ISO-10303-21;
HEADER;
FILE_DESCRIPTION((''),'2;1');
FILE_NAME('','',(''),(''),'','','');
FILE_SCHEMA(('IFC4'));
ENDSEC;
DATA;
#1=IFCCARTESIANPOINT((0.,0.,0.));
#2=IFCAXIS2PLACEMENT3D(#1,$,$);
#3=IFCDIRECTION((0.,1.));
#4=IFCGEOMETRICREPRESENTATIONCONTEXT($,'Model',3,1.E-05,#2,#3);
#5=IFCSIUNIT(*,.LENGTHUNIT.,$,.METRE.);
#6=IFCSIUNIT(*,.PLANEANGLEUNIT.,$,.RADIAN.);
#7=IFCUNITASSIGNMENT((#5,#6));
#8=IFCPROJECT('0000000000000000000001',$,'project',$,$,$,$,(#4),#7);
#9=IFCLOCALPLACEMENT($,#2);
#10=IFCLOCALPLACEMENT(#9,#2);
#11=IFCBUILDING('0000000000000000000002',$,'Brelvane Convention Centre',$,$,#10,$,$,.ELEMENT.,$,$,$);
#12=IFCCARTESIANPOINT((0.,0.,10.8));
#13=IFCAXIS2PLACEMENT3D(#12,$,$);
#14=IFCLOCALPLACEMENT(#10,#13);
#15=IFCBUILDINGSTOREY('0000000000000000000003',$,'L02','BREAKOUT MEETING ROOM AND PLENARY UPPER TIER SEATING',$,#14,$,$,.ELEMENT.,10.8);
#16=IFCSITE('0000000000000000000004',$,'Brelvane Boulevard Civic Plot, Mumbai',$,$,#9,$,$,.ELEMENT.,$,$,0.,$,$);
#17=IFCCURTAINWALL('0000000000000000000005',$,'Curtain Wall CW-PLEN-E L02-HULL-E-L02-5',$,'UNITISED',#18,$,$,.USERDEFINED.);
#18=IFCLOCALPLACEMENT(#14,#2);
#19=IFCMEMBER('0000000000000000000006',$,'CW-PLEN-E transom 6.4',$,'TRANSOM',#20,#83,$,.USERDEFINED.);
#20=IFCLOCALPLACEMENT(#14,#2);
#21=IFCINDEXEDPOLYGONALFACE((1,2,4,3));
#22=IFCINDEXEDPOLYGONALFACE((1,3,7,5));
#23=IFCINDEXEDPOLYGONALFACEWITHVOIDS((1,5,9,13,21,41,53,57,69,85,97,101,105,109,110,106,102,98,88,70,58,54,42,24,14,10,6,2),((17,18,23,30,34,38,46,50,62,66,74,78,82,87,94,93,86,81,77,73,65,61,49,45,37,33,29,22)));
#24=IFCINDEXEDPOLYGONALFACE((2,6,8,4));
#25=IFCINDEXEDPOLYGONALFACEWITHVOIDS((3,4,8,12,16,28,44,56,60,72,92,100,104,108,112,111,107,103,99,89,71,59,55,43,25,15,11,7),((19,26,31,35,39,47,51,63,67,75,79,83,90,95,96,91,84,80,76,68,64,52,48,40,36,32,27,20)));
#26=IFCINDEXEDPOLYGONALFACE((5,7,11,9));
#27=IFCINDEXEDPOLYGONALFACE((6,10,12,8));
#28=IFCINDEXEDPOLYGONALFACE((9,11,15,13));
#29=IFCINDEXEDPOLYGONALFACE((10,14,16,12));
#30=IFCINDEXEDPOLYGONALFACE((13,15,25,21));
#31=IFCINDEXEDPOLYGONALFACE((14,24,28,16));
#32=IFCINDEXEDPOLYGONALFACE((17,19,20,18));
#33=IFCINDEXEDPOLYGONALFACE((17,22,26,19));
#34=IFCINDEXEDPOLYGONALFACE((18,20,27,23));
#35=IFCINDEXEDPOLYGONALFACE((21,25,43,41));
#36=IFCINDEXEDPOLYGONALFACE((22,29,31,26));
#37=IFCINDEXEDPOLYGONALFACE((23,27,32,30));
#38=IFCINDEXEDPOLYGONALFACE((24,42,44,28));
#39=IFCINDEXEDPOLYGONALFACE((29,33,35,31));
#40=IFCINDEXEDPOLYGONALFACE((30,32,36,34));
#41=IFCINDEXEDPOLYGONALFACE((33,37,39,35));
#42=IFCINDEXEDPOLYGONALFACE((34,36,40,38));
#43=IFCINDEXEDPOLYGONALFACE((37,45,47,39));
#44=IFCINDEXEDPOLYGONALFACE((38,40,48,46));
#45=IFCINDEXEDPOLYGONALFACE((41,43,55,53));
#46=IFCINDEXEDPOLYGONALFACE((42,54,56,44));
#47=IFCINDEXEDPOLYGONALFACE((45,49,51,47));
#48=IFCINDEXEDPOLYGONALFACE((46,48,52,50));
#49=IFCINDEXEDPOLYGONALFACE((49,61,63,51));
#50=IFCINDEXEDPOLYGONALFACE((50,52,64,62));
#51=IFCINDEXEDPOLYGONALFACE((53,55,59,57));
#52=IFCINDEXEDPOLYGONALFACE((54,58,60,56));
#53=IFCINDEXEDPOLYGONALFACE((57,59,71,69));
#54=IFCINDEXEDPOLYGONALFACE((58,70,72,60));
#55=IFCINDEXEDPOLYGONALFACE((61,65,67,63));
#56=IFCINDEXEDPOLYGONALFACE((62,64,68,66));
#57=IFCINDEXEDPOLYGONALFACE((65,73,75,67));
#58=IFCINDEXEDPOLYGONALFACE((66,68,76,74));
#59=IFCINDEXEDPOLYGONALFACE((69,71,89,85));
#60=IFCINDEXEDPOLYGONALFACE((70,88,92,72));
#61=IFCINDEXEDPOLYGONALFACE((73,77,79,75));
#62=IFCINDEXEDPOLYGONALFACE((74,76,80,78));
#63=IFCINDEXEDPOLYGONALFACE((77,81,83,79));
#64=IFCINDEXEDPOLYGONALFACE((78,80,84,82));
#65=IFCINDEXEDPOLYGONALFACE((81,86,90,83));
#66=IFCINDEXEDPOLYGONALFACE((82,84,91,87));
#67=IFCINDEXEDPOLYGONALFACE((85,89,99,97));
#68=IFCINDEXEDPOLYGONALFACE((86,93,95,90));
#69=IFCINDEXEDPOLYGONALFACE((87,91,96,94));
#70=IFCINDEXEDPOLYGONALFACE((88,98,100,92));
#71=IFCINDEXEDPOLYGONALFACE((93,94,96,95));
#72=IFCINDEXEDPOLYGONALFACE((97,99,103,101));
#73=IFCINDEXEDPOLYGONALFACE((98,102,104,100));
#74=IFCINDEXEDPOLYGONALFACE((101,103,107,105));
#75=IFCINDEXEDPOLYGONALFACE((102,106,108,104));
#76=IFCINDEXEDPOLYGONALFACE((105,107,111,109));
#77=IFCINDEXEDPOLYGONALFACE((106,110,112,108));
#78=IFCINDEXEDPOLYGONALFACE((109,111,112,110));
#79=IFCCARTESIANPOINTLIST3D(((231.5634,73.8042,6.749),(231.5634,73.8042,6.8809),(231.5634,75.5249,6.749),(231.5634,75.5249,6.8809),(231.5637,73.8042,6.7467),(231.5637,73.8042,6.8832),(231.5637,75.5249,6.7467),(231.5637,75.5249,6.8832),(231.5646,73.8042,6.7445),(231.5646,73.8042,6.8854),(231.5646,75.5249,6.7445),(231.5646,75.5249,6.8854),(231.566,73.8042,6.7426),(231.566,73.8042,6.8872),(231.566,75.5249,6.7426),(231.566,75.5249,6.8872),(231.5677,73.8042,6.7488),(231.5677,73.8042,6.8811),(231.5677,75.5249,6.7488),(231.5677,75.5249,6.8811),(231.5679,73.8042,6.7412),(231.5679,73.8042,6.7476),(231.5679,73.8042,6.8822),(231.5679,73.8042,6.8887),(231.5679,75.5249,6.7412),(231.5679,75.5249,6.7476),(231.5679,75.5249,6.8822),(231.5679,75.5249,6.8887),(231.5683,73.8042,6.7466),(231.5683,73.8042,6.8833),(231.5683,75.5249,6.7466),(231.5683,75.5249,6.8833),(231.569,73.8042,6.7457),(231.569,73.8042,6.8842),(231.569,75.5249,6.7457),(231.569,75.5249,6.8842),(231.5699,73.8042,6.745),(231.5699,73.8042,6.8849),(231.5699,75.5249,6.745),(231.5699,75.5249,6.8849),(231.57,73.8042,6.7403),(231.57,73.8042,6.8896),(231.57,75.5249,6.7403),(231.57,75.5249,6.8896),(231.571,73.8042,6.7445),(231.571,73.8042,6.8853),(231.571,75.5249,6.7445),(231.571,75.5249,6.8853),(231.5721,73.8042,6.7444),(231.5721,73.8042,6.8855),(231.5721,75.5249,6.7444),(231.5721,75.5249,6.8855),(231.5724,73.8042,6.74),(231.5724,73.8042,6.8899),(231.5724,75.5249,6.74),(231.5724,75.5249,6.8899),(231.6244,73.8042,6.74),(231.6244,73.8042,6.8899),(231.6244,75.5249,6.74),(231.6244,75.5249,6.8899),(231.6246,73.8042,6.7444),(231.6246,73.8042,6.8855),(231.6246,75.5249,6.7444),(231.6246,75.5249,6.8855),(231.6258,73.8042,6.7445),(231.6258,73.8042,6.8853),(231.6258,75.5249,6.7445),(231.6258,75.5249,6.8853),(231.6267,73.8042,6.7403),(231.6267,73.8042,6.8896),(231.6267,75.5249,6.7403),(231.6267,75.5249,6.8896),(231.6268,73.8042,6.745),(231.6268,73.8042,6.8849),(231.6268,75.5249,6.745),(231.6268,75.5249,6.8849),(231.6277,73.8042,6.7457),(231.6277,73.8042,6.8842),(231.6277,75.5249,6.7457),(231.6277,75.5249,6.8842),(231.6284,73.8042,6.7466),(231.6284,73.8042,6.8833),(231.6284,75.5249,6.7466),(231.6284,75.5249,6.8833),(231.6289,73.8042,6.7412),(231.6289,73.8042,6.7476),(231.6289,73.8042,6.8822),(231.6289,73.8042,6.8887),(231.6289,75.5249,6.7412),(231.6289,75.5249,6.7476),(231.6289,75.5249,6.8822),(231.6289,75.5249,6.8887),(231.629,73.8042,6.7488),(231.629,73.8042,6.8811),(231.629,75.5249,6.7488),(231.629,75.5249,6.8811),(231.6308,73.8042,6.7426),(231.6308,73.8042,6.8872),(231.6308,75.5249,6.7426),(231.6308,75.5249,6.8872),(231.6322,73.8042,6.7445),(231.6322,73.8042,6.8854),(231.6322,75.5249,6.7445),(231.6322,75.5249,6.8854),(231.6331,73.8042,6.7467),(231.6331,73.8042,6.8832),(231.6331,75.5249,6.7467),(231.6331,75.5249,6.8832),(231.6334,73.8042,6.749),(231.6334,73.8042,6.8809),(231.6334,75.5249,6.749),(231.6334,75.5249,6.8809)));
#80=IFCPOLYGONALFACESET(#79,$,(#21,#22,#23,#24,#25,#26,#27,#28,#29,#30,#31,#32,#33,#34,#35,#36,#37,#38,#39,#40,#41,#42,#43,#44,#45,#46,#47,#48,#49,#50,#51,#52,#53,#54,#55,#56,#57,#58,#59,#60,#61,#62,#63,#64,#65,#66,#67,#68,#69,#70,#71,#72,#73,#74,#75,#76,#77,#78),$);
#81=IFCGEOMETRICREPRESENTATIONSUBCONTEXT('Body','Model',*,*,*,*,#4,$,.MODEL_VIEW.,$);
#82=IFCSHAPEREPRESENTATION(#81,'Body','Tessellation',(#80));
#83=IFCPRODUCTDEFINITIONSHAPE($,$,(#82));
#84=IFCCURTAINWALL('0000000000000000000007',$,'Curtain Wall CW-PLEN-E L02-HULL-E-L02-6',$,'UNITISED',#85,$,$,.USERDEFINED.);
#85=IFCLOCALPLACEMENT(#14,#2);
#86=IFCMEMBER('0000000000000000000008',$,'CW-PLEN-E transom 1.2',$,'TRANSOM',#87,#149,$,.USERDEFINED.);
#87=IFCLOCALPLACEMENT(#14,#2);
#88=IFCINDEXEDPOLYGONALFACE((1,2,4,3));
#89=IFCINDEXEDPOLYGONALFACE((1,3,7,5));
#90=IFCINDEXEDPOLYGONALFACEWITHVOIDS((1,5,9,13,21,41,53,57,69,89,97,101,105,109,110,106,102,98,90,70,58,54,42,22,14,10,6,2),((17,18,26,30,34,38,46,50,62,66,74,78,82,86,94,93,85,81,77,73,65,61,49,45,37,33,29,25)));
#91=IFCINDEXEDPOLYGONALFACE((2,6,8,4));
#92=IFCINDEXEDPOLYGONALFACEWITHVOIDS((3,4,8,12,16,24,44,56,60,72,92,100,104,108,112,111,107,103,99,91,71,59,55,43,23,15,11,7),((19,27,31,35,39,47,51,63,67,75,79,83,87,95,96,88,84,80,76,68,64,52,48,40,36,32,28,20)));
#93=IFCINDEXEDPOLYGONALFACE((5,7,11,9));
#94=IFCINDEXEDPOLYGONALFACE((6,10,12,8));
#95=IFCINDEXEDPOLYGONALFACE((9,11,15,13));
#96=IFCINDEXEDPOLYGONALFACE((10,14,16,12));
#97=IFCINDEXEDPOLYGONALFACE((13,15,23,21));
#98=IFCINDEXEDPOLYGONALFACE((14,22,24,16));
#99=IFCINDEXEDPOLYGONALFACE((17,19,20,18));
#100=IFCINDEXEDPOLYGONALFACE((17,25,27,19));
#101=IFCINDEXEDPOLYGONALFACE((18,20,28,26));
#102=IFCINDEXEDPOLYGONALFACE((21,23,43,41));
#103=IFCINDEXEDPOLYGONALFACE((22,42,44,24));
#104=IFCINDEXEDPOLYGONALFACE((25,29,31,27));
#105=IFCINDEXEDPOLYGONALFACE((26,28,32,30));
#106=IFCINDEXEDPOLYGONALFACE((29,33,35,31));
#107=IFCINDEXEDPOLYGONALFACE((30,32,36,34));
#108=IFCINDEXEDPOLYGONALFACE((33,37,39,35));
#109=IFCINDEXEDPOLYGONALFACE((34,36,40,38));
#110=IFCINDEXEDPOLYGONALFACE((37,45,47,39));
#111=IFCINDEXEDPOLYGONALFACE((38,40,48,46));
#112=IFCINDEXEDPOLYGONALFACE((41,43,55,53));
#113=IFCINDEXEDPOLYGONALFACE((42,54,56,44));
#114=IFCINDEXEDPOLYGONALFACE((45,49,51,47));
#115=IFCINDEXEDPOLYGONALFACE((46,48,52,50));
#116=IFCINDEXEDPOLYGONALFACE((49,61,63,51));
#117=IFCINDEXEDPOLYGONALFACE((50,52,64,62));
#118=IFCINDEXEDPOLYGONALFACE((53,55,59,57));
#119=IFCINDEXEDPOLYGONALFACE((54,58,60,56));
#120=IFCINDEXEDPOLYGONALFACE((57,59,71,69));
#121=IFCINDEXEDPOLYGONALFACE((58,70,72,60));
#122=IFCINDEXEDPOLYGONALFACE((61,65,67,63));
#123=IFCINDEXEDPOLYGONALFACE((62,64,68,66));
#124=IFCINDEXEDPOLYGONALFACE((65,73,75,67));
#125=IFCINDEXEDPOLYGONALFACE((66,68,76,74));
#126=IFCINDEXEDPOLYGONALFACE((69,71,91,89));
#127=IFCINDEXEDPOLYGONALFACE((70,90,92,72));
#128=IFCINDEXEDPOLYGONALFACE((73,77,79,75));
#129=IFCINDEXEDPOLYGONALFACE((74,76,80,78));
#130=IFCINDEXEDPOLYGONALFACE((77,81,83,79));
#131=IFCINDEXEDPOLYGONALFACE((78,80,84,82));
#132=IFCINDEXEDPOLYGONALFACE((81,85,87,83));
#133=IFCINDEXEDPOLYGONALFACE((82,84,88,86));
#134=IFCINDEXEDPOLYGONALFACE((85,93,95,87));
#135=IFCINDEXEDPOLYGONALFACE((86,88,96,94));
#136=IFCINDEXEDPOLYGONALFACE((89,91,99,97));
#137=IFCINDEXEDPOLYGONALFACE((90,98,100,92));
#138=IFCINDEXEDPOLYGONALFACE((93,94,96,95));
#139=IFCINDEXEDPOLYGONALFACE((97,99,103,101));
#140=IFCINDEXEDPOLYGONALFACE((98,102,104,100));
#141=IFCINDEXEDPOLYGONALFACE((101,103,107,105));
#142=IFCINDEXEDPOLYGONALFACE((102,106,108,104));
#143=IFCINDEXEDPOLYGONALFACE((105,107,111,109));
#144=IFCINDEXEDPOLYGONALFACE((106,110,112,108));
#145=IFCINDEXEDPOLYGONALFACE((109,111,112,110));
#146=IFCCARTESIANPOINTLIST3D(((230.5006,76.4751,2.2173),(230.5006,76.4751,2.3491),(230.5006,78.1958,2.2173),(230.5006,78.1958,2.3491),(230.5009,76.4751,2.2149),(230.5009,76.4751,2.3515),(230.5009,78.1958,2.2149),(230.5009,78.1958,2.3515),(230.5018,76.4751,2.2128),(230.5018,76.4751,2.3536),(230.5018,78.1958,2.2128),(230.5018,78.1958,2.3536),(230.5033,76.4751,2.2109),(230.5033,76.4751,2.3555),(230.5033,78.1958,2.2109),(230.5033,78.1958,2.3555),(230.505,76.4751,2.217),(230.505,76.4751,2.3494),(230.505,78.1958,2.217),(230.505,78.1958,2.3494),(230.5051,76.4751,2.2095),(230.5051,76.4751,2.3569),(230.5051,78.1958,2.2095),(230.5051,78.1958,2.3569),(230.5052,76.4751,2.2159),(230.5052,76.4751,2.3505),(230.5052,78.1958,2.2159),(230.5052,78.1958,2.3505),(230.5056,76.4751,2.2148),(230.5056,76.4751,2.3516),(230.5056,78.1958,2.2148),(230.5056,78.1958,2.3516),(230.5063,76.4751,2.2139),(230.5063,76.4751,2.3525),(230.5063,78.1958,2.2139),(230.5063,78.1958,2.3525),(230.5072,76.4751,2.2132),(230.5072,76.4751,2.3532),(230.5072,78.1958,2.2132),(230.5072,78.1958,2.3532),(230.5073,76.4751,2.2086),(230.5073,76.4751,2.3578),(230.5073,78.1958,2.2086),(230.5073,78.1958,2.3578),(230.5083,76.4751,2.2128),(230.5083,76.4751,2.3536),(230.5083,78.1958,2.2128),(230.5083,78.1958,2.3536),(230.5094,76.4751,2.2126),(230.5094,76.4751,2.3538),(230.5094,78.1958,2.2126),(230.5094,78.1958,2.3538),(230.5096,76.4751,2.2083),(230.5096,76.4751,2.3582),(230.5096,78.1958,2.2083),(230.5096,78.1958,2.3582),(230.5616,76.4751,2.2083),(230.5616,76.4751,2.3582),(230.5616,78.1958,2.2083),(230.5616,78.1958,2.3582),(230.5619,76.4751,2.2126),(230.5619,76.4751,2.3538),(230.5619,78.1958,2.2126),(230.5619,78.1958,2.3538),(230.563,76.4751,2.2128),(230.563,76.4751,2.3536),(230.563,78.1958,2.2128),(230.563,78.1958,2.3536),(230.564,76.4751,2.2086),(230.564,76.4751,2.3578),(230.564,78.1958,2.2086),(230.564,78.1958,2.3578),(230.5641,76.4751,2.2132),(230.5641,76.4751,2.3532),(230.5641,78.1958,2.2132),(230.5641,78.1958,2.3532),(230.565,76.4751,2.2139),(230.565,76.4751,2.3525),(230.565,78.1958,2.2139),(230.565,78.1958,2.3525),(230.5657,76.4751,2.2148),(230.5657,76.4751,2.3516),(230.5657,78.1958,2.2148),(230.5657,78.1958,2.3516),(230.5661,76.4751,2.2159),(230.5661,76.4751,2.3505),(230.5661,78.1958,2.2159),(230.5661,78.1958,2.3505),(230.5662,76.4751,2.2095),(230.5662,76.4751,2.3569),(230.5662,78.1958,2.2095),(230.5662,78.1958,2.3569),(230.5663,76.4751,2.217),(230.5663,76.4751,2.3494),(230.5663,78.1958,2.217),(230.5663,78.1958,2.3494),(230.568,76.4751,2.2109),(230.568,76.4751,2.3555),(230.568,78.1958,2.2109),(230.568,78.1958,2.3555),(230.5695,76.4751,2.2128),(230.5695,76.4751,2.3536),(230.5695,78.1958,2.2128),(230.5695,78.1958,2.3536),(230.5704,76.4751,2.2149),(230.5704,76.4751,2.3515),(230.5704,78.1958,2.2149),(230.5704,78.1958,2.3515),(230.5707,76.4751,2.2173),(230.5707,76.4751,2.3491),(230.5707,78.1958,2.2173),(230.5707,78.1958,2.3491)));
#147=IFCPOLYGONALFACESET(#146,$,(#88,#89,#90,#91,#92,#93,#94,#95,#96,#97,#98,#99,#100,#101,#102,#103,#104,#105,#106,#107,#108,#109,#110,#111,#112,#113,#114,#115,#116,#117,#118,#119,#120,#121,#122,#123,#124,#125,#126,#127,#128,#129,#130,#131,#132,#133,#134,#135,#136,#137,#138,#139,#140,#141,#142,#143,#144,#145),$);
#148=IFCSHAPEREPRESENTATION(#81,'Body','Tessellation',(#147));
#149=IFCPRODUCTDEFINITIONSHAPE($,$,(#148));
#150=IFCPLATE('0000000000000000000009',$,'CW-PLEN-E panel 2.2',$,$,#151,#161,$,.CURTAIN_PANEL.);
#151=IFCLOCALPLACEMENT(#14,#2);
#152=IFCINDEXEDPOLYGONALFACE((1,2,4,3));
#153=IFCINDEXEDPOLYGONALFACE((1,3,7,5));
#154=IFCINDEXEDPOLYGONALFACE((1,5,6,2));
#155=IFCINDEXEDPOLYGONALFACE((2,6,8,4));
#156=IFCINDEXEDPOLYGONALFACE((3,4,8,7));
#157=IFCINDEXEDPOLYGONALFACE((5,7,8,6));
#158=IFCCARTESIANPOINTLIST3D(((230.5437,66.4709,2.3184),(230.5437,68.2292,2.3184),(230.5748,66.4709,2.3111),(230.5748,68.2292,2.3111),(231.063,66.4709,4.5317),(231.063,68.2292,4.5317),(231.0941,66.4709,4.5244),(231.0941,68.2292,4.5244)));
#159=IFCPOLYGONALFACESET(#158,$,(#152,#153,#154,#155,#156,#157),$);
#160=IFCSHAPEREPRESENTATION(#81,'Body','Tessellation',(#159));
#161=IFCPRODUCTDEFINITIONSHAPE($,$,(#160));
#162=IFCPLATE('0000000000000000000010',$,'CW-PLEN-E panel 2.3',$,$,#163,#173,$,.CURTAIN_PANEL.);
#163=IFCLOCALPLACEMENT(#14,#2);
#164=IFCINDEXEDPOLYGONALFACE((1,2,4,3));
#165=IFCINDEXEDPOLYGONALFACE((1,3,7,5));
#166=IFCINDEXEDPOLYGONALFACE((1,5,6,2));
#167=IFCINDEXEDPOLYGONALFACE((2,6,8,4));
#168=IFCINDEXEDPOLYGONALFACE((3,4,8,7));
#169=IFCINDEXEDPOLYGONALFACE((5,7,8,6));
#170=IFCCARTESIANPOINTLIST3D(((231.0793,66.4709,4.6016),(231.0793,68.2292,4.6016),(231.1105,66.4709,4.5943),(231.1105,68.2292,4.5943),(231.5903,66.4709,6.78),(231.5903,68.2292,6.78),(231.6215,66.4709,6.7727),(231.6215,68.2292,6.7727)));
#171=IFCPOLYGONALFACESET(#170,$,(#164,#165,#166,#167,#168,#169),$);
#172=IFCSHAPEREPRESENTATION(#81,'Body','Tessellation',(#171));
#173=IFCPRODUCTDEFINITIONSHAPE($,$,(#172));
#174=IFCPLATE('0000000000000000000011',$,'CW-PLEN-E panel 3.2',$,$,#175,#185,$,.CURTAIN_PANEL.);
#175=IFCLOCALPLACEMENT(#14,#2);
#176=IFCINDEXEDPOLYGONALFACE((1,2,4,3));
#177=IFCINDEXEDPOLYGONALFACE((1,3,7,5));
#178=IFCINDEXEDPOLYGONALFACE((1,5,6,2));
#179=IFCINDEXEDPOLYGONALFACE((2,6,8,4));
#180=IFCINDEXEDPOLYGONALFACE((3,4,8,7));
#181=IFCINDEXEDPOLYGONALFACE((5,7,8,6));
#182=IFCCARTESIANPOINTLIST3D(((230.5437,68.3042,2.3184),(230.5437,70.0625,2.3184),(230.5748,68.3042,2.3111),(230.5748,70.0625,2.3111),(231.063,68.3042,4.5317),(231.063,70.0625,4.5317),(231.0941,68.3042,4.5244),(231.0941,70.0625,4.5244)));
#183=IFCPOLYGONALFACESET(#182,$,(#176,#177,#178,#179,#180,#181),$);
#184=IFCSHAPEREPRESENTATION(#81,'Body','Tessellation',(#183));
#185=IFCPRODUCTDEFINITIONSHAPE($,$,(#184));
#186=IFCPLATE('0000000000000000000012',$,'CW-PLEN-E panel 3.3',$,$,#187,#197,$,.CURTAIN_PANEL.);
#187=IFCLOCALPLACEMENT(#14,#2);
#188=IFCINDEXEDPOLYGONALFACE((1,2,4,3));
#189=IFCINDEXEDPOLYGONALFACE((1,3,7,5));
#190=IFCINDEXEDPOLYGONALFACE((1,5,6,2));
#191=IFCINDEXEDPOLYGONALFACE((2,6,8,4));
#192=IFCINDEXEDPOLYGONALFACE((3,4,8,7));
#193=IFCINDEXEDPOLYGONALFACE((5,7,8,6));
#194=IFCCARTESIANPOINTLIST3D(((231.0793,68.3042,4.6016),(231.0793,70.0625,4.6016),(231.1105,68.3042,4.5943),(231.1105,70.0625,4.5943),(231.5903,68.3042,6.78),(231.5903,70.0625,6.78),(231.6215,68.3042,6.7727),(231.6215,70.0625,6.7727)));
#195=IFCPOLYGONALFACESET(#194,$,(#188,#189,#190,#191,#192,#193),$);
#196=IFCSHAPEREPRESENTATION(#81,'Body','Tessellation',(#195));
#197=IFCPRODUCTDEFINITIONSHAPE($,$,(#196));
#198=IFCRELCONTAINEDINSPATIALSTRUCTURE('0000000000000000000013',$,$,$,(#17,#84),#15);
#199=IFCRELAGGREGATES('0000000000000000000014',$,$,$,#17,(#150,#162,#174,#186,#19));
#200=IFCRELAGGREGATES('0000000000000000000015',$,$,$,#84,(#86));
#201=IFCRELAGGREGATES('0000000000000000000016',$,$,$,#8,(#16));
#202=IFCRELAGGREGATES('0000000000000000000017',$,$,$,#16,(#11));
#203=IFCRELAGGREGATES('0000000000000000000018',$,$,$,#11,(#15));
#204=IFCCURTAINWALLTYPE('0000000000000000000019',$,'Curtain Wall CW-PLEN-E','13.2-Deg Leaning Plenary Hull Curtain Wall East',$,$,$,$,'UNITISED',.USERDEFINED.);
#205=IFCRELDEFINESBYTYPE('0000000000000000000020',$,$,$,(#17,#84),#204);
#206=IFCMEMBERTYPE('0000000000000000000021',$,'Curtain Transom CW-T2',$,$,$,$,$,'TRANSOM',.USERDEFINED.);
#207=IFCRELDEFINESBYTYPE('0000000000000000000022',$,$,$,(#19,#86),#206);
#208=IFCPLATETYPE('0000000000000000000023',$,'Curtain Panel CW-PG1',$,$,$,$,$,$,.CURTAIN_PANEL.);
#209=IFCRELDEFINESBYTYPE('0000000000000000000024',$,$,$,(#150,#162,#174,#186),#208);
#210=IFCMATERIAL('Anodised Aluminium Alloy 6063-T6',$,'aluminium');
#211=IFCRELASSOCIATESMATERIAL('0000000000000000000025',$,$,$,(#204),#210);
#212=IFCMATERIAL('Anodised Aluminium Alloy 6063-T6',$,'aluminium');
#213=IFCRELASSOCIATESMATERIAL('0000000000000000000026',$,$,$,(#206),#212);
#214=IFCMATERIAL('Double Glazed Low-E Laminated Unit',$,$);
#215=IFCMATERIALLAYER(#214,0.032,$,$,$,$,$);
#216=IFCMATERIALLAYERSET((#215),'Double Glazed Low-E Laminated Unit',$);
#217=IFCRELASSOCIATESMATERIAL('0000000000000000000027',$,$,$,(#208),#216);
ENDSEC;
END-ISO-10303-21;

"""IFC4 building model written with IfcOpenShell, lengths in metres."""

from ifc_helpers import new_model, si_unit, direction, frame, origin, origin_2d, place, context, subcontext, project, spatial, polyline, hollow_rectangle, outline, extrude, material, layer, layer_set, material_profile, profile_set, type_object, element, aggregate, save


model = new_model("IFC4")

# Units and contexts
model_context = context("Model", 3, precision=1e-05, world=origin(), true_north=direction((0.0, 1.0)))
body_context = subcontext(model_context, "Body", "Model", "MODEL_VIEW")
ifc_project = project(units=[si_unit("LENGTHUNIT", "METRE"), si_unit("PLANEANGLEUNIT", "RADIAN")], contexts=[model_context])

# Site, building, storey
site_placement = place(None, origin())
site = spatial("IfcSite", under=ifc_project, at=site_placement, Name="Brelvane Boulevard Civic Plot, Mumbai", CompositionType="ELEMENT", RefElevation=0.0)
building_placement = place(site_placement, origin())
building = spatial("IfcBuilding", under=site, at=building_placement, Name="Brelvane Convention Centre", CompositionType="ELEMENT")
storey_placement = place(building_placement, frame((0.0, 0.0, 10.8)))
storey = spatial("IfcBuildingStorey", under=building, at=storey_placement, Name="L02", Description="BREAKOUT MEETING ROOM AND PLENARY UPPER TIER SEATING", CompositionType="ELEMENT", Elevation=10.8)

# Curtain wall, member
ifc_material_1 = material(Name="Anodised Aluminium Alloy 6063-T6", Category="aluminium")
curtain_wall_type = type_object("IfcCurtainWallType", Name="Curtain Wall CW-PLEN-E", Description="13.2-Deg Leaning Plenary Hull Curtain Wall East", ElementType="UNITISED", PredefinedType="USERDEFINED", material=ifc_material_1)
curtain_wall_1_placement = place(storey_placement, origin())
curtain_wall_1 = element("IfcCurtainWall", 1, at=curtain_wall_1_placement, inside=storey, type_object=curtain_wall_type, Name="Curtain Wall CW-PLEN-E L02-HULL-E-L02-5", ObjectType="UNITISED", PredefinedType="USERDEFINED")
ifc_material_2 = material(Name="Anodised Aluminium Alloy 6063-T6", Category="aluminium")
ifc_material_profile = material_profile(ifc_material_2, hollow_rectangle(XDim=0.0701, YDim=0.1499, WallThickness=0.0044, InnerFilletRadius=0.0044, OuterFilletRadius=0.009, at=origin_2d()), Name="ALU-T 150x70x4.5")
ifc_profile_set = profile_set([ifc_material_profile], Name="Anodised Aluminium Alloy 6063-T6")
member_type = type_object("IfcMemberType", Name="Curtain Transom CW-T2", ElementType="TRANSOM", PredefinedType="USERDEFINED", material=ifc_profile_set)
member_1_placement = place(storey_placement, frame((231.5984, 73.8042, 6.8149), z_axis=(0.0, 1.0, 0.0), x_axis=(-1.0, 0.0, 0.0)))
member_1 = element("IfcMember", 2, at=member_1_placement, type_object=member_type, Name="CW-PLEN-E transom 6.4", ObjectType="TRANSOM", PredefinedType="USERDEFINED", context=body_context, shape_type="SweptSolid", body=[
    extrude(hollow_rectangle(XDim=0.0701, YDim=0.1499, WallThickness=0.0044, InnerFilletRadius=0.0044, OuterFilletRadius=0.009, at=origin_2d()), origin(), (0.0, 0.0, 1.0), 1.7207),
])

# Curtain wall, member
curtain_wall_2_placement = place(storey_placement, origin())
curtain_wall_2 = element("IfcCurtainWall", 3, at=curtain_wall_2_placement, inside=storey, type_object=curtain_wall_type, Name="Curtain Wall CW-PLEN-E L02-HULL-E-L02-6", ObjectType="UNITISED", PredefinedType="USERDEFINED")
member_2_placement = place(storey_placement, frame((230.5356, 76.4751, 2.2832), z_axis=(0.0, 1.0, 0.0), x_axis=(-1.0, 0.0, 0.0)))
member_2 = element("IfcMember", 4, at=member_2_placement, type_object=member_type, Name="CW-PLEN-E transom 1.2", ObjectType="TRANSOM", PredefinedType="USERDEFINED", context=body_context, shape_type="SweptSolid", body=[
    extrude(hollow_rectangle(XDim=0.0701, YDim=0.1499, WallThickness=0.0044, InnerFilletRadius=0.0044, OuterFilletRadius=0.009, at=origin_2d()), origin(), (0.0, 0.0, 1.0), 1.7207),
])

# Plates
ifc_material_3 = material(Name="Double Glazed Low-E Laminated Unit")
ifc_layer_1 = layer(ifc_material_3, 0.032)
ifc_layer_set_1 = layer_set([ifc_layer_1], Name="Double Glazed Low-E Laminated Unit")
plate_type_1 = type_object("IfcPlateType", Name="Curtain Panel CW-PG1", PredefinedType="CURTAIN_PANEL", material=ifc_layer_set_1)
plate_1_placement = place(storey_placement, frame((230.5437, 66.4709, 2.3184), z_axis=(-0.973565, 0.0, 0.228411), x_axis=(0.0, 1.0, 0.0)))
plate_1 = element("IfcPlate", 5, at=plate_1_placement, type_object=plate_type_1, Name="CW-PLEN-E panel 2.2", PredefinedType="CURTAIN_PANEL", context=body_context, shape_type="SweptSolid", body=[
    extrude(outline(polyline([(0.0, 0.0), (1.7583, 0.0), (1.7583, -2.2735), (0.0, -2.2735), (0.0, 0.0)])), origin(), (0.0, 0.0, -1.0), 0.032),
])
plate_2_placement = place(storey_placement, frame((231.0793, 66.4709, 4.6016), z_axis=(-0.973576, 0.0, 0.228364), x_axis=(0.0, 1.0, 0.0)))
plate_2 = element("IfcPlate", 6, at=plate_2_placement, type_object=plate_type_1, Name="CW-PLEN-E panel 2.3", PredefinedType="CURTAIN_PANEL", context=body_context, shape_type="SweptSolid", body=[
    extrude(outline(polyline([(0.0, 0.0), (1.7583, 0.0), (1.7583, -2.2376), (0.0, -2.2376), (0.0, 0.0)])), origin(), (0.0, 0.0, -1.0), 0.032),
])
plate_3_placement = place(storey_placement, frame((230.5437, 68.3042, 2.3184), z_axis=(-0.973565, 0.0, 0.228411), x_axis=(0.0, 1.0, 0.0)))
plate_3 = element("IfcPlate", 7, at=plate_3_placement, type_object=plate_type_1, Name="CW-PLEN-E panel 3.2", PredefinedType="CURTAIN_PANEL", context=body_context, shape_type="SweptSolid", body=[
    extrude(outline(polyline([(0.0, 0.0), (1.7583, 0.0), (1.7583, -2.2735), (0.0, -2.2735), (0.0, 0.0)])), origin(), (0.0, 0.0, -1.0), 0.032),
])
plate_4_placement = place(storey_placement, frame((231.0793, 68.3042, 4.6016), z_axis=(-0.973576, 0.0, 0.228364), x_axis=(0.0, 1.0, 0.0)))
plate_4 = element("IfcPlate", 8, at=plate_4_placement, type_object=plate_type_1, Name="CW-PLEN-E panel 3.3", PredefinedType="CURTAIN_PANEL", context=body_context, shape_type="SweptSolid", body=[
    extrude(outline(polyline([(0.0, 0.0), (1.7583, 0.0), (1.7583, -2.2376), (0.0, -2.2376), (0.0, 0.0)])), origin(), (0.0, 0.0, -1.0), 0.032),
])
aggregate(curtain_wall_1, [plate_1, plate_2, plate_3, plate_4, member_1])
aggregate(curtain_wall_2, [member_2])

save(model, "model.ifc")
